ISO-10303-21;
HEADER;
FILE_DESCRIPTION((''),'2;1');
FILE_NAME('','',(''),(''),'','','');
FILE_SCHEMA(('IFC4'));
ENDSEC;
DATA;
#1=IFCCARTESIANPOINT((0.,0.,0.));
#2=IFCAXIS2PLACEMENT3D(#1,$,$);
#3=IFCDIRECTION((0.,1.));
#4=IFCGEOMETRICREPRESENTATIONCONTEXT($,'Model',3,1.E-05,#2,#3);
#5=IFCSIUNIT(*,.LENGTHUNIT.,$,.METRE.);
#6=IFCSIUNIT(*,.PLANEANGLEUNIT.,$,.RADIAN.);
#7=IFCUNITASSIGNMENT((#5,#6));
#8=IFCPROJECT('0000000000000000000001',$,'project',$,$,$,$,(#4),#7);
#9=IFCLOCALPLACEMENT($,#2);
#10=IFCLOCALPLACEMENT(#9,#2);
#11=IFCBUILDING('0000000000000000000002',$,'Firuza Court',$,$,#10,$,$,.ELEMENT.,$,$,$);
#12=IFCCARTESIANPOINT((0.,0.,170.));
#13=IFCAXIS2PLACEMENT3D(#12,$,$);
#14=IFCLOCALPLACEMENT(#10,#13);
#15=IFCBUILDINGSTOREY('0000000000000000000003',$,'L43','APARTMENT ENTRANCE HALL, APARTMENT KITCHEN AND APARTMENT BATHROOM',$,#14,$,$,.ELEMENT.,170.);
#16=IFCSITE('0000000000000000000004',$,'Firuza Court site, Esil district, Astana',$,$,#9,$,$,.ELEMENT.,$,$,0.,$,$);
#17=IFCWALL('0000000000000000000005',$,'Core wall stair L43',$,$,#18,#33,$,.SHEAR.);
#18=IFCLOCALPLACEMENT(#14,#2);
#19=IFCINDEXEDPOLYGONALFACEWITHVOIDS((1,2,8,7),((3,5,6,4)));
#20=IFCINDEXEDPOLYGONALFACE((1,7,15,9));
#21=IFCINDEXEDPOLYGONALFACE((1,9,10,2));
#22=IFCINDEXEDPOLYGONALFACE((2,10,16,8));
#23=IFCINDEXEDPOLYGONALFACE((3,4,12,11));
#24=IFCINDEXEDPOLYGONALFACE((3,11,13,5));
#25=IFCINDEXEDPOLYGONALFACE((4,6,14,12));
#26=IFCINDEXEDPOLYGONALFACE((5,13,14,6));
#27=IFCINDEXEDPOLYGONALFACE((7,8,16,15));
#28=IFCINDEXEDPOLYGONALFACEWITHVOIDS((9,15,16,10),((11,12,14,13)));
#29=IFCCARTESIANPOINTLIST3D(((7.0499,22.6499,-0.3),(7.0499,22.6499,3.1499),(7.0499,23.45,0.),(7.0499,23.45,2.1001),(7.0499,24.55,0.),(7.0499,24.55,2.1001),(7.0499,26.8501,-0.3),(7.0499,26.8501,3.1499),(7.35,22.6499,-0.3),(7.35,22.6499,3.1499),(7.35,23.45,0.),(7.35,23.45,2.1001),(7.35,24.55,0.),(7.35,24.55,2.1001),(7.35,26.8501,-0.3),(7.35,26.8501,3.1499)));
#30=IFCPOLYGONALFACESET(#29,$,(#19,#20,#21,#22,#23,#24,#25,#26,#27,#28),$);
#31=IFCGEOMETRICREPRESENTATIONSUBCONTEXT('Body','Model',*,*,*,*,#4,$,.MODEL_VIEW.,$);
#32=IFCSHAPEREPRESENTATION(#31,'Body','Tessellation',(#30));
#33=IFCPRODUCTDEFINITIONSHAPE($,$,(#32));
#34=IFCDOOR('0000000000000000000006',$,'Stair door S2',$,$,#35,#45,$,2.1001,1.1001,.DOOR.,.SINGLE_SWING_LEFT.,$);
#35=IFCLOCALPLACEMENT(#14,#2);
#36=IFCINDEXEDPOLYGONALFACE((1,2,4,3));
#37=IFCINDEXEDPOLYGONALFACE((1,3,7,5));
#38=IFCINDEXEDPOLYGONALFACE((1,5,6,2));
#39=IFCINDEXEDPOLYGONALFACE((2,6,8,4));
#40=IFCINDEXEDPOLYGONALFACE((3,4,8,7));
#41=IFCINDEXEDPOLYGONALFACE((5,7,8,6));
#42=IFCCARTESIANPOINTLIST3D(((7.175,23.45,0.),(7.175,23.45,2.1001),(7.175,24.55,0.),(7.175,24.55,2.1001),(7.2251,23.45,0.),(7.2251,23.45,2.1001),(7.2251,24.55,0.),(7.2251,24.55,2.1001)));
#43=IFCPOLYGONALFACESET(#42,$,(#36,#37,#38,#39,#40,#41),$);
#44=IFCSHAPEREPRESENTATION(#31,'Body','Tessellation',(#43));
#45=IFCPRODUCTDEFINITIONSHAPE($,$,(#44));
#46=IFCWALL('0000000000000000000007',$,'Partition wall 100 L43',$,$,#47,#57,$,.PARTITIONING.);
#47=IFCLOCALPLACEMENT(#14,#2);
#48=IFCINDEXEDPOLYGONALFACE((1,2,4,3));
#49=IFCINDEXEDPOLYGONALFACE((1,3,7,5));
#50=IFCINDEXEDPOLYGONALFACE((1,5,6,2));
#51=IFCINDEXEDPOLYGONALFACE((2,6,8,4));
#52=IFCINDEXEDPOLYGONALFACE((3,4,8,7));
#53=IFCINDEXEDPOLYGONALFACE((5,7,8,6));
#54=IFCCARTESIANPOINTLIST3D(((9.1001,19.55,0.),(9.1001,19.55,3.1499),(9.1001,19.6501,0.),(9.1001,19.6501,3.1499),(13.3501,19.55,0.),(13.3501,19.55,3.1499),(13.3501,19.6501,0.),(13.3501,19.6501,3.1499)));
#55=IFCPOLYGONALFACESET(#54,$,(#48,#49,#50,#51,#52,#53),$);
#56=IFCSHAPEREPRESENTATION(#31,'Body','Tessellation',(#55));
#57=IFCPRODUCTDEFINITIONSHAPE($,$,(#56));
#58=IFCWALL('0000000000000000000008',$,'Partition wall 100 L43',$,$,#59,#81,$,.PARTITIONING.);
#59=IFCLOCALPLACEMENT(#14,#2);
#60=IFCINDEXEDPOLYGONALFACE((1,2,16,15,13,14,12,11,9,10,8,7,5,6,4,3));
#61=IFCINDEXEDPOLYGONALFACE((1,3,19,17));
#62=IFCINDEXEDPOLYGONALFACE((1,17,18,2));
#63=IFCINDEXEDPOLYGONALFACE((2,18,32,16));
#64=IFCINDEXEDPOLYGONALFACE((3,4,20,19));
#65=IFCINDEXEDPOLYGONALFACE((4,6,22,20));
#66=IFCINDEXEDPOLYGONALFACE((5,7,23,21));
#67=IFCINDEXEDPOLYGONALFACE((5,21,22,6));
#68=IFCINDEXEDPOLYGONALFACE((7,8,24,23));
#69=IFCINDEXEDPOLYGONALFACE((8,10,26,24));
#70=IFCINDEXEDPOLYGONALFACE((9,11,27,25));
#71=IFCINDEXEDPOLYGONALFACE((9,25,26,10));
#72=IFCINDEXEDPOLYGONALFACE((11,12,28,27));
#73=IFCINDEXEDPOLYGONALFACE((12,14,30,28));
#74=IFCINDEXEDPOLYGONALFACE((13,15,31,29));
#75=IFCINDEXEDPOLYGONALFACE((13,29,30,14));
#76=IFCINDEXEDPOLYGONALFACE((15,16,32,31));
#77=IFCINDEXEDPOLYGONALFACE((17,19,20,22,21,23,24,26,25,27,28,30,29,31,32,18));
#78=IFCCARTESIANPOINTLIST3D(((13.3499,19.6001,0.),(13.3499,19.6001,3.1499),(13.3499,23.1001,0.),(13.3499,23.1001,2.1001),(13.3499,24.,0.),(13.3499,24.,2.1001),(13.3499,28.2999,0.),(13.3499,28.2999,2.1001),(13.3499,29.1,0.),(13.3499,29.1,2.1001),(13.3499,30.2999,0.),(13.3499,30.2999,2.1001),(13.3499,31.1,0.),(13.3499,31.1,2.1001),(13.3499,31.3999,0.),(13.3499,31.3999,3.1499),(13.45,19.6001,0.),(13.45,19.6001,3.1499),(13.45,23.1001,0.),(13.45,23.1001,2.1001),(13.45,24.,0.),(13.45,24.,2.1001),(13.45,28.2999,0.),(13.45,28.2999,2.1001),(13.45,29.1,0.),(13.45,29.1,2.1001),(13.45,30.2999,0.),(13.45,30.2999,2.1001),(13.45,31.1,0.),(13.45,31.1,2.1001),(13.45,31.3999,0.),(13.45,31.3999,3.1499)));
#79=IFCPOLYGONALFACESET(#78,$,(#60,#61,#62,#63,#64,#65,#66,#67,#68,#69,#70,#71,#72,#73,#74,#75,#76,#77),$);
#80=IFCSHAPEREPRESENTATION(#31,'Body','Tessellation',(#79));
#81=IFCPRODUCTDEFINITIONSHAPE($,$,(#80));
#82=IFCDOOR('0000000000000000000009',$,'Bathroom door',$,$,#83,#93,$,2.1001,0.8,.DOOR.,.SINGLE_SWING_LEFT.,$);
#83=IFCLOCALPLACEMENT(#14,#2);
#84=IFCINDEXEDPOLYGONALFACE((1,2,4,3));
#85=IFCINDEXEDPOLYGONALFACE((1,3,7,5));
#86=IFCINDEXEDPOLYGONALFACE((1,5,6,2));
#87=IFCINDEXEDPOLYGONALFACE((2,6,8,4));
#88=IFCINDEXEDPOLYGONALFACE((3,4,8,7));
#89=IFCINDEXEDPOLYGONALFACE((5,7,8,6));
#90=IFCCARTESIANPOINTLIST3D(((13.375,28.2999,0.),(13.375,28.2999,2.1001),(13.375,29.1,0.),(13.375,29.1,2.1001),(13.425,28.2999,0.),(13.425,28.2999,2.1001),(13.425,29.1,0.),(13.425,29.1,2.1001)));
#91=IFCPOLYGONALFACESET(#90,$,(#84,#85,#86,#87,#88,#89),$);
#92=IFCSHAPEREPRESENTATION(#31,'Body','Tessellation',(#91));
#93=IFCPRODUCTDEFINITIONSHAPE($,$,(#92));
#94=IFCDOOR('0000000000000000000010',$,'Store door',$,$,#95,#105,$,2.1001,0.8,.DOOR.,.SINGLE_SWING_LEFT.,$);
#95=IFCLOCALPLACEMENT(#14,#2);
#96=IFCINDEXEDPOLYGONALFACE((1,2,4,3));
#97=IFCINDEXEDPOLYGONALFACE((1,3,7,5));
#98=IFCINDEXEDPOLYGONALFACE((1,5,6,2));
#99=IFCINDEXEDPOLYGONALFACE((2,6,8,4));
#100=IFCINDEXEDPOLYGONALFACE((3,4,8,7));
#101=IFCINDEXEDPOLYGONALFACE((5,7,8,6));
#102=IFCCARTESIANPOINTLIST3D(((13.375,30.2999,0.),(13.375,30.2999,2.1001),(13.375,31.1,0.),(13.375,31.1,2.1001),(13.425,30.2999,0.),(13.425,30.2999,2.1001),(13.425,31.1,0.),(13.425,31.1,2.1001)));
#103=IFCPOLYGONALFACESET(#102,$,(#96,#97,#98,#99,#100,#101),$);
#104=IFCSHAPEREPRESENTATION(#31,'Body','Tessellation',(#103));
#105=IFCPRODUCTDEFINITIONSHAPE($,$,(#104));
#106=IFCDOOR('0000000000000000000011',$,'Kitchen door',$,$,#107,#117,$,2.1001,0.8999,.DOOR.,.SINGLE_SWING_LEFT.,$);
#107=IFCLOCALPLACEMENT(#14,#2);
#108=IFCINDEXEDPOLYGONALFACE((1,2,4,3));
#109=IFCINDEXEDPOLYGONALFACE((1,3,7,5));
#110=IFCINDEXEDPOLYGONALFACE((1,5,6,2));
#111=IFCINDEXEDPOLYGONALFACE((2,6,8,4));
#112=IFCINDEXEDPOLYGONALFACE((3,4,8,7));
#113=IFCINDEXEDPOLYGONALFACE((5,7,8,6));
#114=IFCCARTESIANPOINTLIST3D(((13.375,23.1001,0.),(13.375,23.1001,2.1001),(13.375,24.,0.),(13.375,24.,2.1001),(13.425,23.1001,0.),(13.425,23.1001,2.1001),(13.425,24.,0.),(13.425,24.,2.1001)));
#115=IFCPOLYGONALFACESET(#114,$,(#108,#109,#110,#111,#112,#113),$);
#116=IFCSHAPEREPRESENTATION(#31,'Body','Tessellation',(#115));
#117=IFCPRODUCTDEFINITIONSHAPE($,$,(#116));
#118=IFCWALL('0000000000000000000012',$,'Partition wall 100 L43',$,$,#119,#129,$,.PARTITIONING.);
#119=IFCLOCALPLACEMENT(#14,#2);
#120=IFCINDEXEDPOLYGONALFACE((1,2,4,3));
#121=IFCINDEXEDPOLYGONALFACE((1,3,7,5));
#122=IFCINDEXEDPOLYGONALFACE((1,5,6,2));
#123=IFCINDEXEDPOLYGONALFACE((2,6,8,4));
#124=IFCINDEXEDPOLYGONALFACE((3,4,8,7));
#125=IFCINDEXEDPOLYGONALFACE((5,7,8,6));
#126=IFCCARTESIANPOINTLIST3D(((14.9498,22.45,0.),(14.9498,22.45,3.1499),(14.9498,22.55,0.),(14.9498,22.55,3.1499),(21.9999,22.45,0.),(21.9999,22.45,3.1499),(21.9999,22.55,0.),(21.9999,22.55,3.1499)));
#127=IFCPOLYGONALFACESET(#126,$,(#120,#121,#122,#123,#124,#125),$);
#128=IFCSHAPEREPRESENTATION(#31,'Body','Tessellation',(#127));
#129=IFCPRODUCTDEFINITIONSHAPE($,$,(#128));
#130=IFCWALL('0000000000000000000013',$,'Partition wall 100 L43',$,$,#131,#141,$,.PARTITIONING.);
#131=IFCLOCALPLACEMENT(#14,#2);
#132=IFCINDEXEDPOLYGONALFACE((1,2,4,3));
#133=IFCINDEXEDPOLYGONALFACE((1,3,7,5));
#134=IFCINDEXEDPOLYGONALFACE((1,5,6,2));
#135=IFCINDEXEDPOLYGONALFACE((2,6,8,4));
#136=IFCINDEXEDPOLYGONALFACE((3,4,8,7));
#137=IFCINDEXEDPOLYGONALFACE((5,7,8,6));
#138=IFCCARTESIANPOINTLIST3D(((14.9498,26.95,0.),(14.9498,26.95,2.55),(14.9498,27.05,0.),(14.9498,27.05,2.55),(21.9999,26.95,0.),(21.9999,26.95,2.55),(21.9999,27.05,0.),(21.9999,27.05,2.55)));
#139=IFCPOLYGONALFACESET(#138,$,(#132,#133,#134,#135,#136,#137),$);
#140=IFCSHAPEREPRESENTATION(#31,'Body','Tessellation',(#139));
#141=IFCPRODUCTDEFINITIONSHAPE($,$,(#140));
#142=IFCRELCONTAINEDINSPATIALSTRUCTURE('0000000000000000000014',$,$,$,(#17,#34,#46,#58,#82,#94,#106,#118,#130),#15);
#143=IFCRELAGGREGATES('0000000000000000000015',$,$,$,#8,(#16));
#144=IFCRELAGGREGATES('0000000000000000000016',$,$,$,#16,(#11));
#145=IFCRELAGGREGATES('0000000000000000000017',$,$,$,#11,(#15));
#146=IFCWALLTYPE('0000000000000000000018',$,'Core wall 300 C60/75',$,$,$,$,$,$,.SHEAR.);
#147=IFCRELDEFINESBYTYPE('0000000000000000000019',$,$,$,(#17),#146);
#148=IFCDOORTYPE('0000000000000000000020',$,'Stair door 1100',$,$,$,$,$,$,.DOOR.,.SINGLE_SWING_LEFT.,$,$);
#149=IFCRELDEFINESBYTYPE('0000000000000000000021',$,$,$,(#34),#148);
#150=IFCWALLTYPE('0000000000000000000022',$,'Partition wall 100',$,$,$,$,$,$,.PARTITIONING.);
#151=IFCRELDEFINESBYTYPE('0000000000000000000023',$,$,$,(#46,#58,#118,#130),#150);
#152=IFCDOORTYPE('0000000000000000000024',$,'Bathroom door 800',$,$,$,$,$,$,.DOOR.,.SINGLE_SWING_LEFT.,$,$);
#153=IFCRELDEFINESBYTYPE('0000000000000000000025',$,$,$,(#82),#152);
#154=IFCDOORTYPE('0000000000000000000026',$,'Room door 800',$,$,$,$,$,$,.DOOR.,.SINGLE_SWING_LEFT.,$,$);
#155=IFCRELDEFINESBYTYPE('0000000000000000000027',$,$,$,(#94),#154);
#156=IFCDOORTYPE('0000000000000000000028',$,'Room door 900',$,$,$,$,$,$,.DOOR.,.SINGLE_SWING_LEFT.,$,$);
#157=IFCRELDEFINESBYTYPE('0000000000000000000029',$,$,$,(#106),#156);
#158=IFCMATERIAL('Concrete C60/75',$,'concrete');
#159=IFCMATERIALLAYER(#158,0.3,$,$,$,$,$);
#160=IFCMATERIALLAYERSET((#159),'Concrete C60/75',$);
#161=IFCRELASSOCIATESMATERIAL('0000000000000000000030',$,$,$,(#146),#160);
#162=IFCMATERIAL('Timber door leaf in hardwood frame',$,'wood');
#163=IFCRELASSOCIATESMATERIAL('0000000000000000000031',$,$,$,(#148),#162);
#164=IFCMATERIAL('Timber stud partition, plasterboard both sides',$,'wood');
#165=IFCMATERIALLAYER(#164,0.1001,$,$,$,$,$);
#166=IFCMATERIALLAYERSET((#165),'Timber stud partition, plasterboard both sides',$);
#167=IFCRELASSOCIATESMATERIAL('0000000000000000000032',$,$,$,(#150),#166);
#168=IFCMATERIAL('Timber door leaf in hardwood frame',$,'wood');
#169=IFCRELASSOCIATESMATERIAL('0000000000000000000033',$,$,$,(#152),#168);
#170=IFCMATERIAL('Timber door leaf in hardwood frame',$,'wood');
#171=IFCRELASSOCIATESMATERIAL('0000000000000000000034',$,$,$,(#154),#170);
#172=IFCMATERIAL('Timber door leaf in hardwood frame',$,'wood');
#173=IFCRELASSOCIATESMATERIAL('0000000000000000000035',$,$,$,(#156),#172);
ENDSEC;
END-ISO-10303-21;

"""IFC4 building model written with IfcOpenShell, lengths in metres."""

from ifc_helpers import new_model, si_unit, direction, frame, frame_2d, origin, place, context, subcontext, project, spatial, rectangle, extrude, material, layer, layer_set, type_object, element, fill, save


model = new_model("IFC4")

# Units and contexts
model_context = context("Model", 3, precision=1e-05, world=origin(), true_north=direction((0.0, 1.0)))
body_context = subcontext(model_context, "Body", "Model", "MODEL_VIEW")
ifc_project = project(units=[si_unit("LENGTHUNIT", "METRE"), si_unit("PLANEANGLEUNIT", "RADIAN")], contexts=[model_context])

# Site, building, storey
site_placement = place(None, origin())
site = spatial("IfcSite", under=ifc_project, at=site_placement, Name="Firuza Court site, Esil district, Astana", CompositionType="ELEMENT", RefElevation=0.0)
building_placement = place(site_placement, origin())
building = spatial("IfcBuilding", under=site, at=building_placement, Name="Firuza Court", CompositionType="ELEMENT")
storey_placement = place(building_placement, frame((0.0, 0.0, 170.0)))
storey = spatial("IfcBuildingStorey", under=building, at=storey_placement, Name="L43", Description="APARTMENT ENTRANCE HALL, APARTMENT KITCHEN AND APARTMENT BATHROOM", CompositionType="ELEMENT", Elevation=170.0)

# Wall, opening, door
ifc_material_1 = material(Name="Concrete C60/75", Category="concrete")
ifc_layer_1 = layer(ifc_material_1, 0.3)
ifc_layer_set_1 = layer_set([ifc_layer_1], Name="Concrete C60/75")
wall_type_1 = type_object("IfcWallType", Name="Core wall 300 C60/75", PredefinedType="SHEAR", material=ifc_layer_set_1)
wall_1_placement = place(storey_placement, frame((7.2, 22.6499, -0.3), z_axis=(0.0, 0.0, 1.0), x_axis=(0.0, 1.0, 0.0)))
wall_1 = element("IfcWall", 1, at=wall_1_placement, inside=storey, type_object=wall_type_1, Name="Core wall stair L43", PredefinedType="SHEAR", context=body_context, shape_type="SweptSolid", body=[
    extrude(rectangle(XDim=4.2002, YDim=0.3, at=frame_2d((2.1001, 0.0))), origin(), (0.0, 0.0, 1.0), 3.45),
])
opening_1_placement = place(wall_1_placement, frame((0.8, 0.0, 0.3)))
opening_1 = element("IfcOpeningElement", 2, at=opening_1_placement, cuts=wall_1, PredefinedType="OPENING", context=body_context, shape_type="SweptSolid", body=[
    extrude(rectangle(XDim=1.1001, YDim=2.1001, at=frame_2d((0.55, 1.05))), frame((0.0, 0.1621, 0.0), z_axis=(0.0, -1.0, 0.0), x_axis=(1.0, 0.0, 0.0)), (0.0, 0.0, 1.0), 0.324),
])
ifc_material_2 = material(Name="Timber door leaf in hardwood frame", Category="wood")
door_type_1 = type_object("IfcDoorType", Name="Stair door 1100", OperationType="SINGLE_SWING_LEFT", PredefinedType="DOOR", material=ifc_material_2)
door_1_placement = place(opening_1_placement, origin())
door_1 = element("IfcDoor", 3, at=door_1_placement, inside=storey, type_object=door_type_1, Name="Stair door S2", OperationType="SINGLE_SWING_LEFT", OverallHeight=2.1001, OverallWidth=1.1001, PredefinedType="DOOR", context=body_context, shape_type="SweptSolid", body=[
    extrude(rectangle(XDim=1.1001, YDim=2.1001, at=frame_2d((0.55, 1.05))), frame((0.0, 0.0249, 0.0), z_axis=(0.0, -1.0, 0.0), x_axis=(1.0, 0.0, 0.0)), (0.0, 0.0, 1.0), 0.05),
])
fill(opening_1, door_1)

# Wall
ifc_material_3 = material(Name="Timber stud partition, plasterboard both sides", Category="wood")
ifc_layer_2 = layer(ifc_material_3, 0.1001)
ifc_layer_set_2 = layer_set([ifc_layer_2], Name="Timber stud partition, plasterboard both sides")
wall_type_2 = type_object("IfcWallType", Name="Partition wall 100", PredefinedType="PARTITIONING", material=ifc_layer_set_2)
wall_2_placement = place(storey_placement, frame((9.1001, 19.6001, 0.0), z_axis=(0.0, 0.0, 1.0), x_axis=(1.0, 0.0, 0.0)))
element("IfcWall", 4, at=wall_2_placement, inside=storey, type_object=wall_type_2, Name="Partition wall 100 L43", PredefinedType="PARTITIONING", context=body_context, shape_type="SweptSolid", body=[
    extrude(rectangle(XDim=4.25, YDim=0.1001, at=frame_2d((2.125, 0.0))), origin(), (0.0, 0.0, 1.0), 3.1499),
])

# Wall, openings, doors
wall_3_placement = place(storey_placement, frame((13.3999, 19.6001, 0.0), z_axis=(0.0, 0.0, 1.0), x_axis=(0.0, 1.0, 0.0)))
wall_3 = element("IfcWall", 5, at=wall_3_placement, inside=storey, type_object=wall_type_2, Name="Partition wall 100 L43", PredefinedType="PARTITIONING", context=body_context, shape_type="SweptSolid", body=[
    extrude(rectangle(XDim=11.7998, YDim=0.1001, at=frame_2d((5.8999, 0.0))), origin(), (0.0, 0.0, 1.0), 3.1499),
])
opening_2_placement = place(wall_3_placement, frame((8.7, 0.0, 0.0)))
opening_2 = element("IfcOpeningElement", 6, at=opening_2_placement, cuts=wall_3, PredefinedType="OPENING", context=body_context, shape_type="SweptSolid", body=[
    extrude(rectangle(XDim=0.8, YDim=2.1001, at=frame_2d((0.3999, 1.05))), frame((0.0, 0.062, 0.0), z_axis=(0.0, -1.0, 0.0), x_axis=(1.0, 0.0, 0.0)), (0.0, 0.0, 1.0), 0.124),
])
opening_3_placement = place(wall_3_placement, frame((3.5, 0.0, 0.0)))
opening_3 = element("IfcOpeningElement", 7, at=opening_3_placement, cuts=wall_3, PredefinedType="OPENING", context=body_context, shape_type="SweptSolid", body=[
    extrude(rectangle(XDim=0.8999, YDim=2.1001, at=frame_2d((0.45, 1.05))), frame((0.0, 0.062, 0.0), z_axis=(0.0, -1.0, 0.0), x_axis=(1.0, 0.0, 0.0)), (0.0, 0.0, 1.0), 0.124),
])
opening_4_placement = place(wall_3_placement, frame((10.7, 0.0, 0.0)))
opening_4 = element("IfcOpeningElement", 8, at=opening_4_placement, cuts=wall_3, PredefinedType="OPENING", context=body_context, shape_type="SweptSolid", body=[
    extrude(rectangle(XDim=0.8, YDim=2.1001, at=frame_2d((0.3999, 1.05))), frame((0.0, 0.062, 0.0), z_axis=(0.0, -1.0, 0.0), x_axis=(1.0, 0.0, 0.0)), (0.0, 0.0, 1.0), 0.124),
])
ifc_material_4 = material(Name="Timber door leaf in hardwood frame", Category="wood")
door_type_2 = type_object("IfcDoorType", Name="Bathroom door 800", OperationType="SINGLE_SWING_LEFT", PredefinedType="DOOR", material=ifc_material_4)
door_2_placement = place(opening_2_placement, origin())
door_2 = element("IfcDoor", 9, at=door_2_placement, inside=storey, type_object=door_type_2, Name="Bathroom door", OperationType="SINGLE_SWING_LEFT", OverallHeight=2.1001, OverallWidth=0.8, PredefinedType="DOOR", context=body_context, shape_type="SweptSolid", body=[
    extrude(rectangle(XDim=0.8, YDim=2.1001, at=frame_2d((0.3999, 1.05))), frame((0.0, 0.0249, 0.0), z_axis=(0.0, -1.0, 0.0), x_axis=(1.0, 0.0, 0.0)), (0.0, 0.0, 1.0), 0.05),
])
fill(opening_2, door_2)
ifc_material_5 = material(Name="Timber door leaf in hardwood frame", Category="wood")
door_type_3 = type_object("IfcDoorType", Name="Room door 800", OperationType="SINGLE_SWING_LEFT", PredefinedType="DOOR", material=ifc_material_5)
door_3_placement = place(opening_4_placement, origin())
door_3 = element("IfcDoor", 10, at=door_3_placement, inside=storey, type_object=door_type_3, Name="Store door", OperationType="SINGLE_SWING_LEFT", OverallHeight=2.1001, OverallWidth=0.8, PredefinedType="DOOR", context=body_context, shape_type="SweptSolid", body=[
    extrude(rectangle(XDim=0.8, YDim=2.1001, at=frame_2d((0.3999, 1.05))), frame((0.0, 0.0249, 0.0), z_axis=(0.0, -1.0, 0.0), x_axis=(1.0, 0.0, 0.0)), (0.0, 0.0, 1.0), 0.05),
])
fill(opening_4, door_3)
ifc_material_6 = material(Name="Timber door leaf in hardwood frame", Category="wood")
door_type_4 = type_object("IfcDoorType", Name="Room door 900", OperationType="SINGLE_SWING_LEFT", PredefinedType="DOOR", material=ifc_material_6)
door_4_placement = place(opening_3_placement, origin())
door_4 = element("IfcDoor", 11, at=door_4_placement, inside=storey, type_object=door_type_4, Name="Kitchen door", OperationType="SINGLE_SWING_LEFT", OverallHeight=2.1001, OverallWidth=0.8999, PredefinedType="DOOR", context=body_context, shape_type="SweptSolid", body=[
    extrude(rectangle(XDim=0.8999, YDim=2.1001, at=frame_2d((0.45, 1.05))), frame((0.0, 0.0249, 0.0), z_axis=(0.0, -1.0, 0.0), x_axis=(1.0, 0.0, 0.0)), (0.0, 0.0, 1.0), 0.05),
])
fill(opening_3, door_4)

# Walls
wall_4_placement = place(storey_placement, frame((14.95, 22.5, 0.0), z_axis=(0.0, 0.0, 1.0), x_axis=(1.0, 0.0, 0.0)))
element("IfcWall", 12, at=wall_4_placement, inside=storey, type_object=wall_type_2, Name="Partition wall 100 L43", PredefinedType="PARTITIONING", context=body_context, shape_type="SweptSolid", body=[
    extrude(rectangle(XDim=7.05, YDim=0.1001, at=frame_2d((3.5249, 0.0))), origin(), (0.0, 0.0, 1.0), 3.1499),
])
wall_5_placement = place(storey_placement, frame((14.95, 27.0, 0.0), z_axis=(0.0, 0.0, 1.0), x_axis=(1.0, 0.0, 0.0)))
element("IfcWall", 13, at=wall_5_placement, inside=storey, type_object=wall_type_2, Name="Partition wall 100 L43", PredefinedType="PARTITIONING", context=body_context, shape_type="SweptSolid", body=[
    extrude(rectangle(XDim=7.05, YDim=0.1001, at=frame_2d((3.5249, 0.0))), origin(), (0.0, 0.0, 1.0), 2.55),
])

save(model, "model.ifc")
